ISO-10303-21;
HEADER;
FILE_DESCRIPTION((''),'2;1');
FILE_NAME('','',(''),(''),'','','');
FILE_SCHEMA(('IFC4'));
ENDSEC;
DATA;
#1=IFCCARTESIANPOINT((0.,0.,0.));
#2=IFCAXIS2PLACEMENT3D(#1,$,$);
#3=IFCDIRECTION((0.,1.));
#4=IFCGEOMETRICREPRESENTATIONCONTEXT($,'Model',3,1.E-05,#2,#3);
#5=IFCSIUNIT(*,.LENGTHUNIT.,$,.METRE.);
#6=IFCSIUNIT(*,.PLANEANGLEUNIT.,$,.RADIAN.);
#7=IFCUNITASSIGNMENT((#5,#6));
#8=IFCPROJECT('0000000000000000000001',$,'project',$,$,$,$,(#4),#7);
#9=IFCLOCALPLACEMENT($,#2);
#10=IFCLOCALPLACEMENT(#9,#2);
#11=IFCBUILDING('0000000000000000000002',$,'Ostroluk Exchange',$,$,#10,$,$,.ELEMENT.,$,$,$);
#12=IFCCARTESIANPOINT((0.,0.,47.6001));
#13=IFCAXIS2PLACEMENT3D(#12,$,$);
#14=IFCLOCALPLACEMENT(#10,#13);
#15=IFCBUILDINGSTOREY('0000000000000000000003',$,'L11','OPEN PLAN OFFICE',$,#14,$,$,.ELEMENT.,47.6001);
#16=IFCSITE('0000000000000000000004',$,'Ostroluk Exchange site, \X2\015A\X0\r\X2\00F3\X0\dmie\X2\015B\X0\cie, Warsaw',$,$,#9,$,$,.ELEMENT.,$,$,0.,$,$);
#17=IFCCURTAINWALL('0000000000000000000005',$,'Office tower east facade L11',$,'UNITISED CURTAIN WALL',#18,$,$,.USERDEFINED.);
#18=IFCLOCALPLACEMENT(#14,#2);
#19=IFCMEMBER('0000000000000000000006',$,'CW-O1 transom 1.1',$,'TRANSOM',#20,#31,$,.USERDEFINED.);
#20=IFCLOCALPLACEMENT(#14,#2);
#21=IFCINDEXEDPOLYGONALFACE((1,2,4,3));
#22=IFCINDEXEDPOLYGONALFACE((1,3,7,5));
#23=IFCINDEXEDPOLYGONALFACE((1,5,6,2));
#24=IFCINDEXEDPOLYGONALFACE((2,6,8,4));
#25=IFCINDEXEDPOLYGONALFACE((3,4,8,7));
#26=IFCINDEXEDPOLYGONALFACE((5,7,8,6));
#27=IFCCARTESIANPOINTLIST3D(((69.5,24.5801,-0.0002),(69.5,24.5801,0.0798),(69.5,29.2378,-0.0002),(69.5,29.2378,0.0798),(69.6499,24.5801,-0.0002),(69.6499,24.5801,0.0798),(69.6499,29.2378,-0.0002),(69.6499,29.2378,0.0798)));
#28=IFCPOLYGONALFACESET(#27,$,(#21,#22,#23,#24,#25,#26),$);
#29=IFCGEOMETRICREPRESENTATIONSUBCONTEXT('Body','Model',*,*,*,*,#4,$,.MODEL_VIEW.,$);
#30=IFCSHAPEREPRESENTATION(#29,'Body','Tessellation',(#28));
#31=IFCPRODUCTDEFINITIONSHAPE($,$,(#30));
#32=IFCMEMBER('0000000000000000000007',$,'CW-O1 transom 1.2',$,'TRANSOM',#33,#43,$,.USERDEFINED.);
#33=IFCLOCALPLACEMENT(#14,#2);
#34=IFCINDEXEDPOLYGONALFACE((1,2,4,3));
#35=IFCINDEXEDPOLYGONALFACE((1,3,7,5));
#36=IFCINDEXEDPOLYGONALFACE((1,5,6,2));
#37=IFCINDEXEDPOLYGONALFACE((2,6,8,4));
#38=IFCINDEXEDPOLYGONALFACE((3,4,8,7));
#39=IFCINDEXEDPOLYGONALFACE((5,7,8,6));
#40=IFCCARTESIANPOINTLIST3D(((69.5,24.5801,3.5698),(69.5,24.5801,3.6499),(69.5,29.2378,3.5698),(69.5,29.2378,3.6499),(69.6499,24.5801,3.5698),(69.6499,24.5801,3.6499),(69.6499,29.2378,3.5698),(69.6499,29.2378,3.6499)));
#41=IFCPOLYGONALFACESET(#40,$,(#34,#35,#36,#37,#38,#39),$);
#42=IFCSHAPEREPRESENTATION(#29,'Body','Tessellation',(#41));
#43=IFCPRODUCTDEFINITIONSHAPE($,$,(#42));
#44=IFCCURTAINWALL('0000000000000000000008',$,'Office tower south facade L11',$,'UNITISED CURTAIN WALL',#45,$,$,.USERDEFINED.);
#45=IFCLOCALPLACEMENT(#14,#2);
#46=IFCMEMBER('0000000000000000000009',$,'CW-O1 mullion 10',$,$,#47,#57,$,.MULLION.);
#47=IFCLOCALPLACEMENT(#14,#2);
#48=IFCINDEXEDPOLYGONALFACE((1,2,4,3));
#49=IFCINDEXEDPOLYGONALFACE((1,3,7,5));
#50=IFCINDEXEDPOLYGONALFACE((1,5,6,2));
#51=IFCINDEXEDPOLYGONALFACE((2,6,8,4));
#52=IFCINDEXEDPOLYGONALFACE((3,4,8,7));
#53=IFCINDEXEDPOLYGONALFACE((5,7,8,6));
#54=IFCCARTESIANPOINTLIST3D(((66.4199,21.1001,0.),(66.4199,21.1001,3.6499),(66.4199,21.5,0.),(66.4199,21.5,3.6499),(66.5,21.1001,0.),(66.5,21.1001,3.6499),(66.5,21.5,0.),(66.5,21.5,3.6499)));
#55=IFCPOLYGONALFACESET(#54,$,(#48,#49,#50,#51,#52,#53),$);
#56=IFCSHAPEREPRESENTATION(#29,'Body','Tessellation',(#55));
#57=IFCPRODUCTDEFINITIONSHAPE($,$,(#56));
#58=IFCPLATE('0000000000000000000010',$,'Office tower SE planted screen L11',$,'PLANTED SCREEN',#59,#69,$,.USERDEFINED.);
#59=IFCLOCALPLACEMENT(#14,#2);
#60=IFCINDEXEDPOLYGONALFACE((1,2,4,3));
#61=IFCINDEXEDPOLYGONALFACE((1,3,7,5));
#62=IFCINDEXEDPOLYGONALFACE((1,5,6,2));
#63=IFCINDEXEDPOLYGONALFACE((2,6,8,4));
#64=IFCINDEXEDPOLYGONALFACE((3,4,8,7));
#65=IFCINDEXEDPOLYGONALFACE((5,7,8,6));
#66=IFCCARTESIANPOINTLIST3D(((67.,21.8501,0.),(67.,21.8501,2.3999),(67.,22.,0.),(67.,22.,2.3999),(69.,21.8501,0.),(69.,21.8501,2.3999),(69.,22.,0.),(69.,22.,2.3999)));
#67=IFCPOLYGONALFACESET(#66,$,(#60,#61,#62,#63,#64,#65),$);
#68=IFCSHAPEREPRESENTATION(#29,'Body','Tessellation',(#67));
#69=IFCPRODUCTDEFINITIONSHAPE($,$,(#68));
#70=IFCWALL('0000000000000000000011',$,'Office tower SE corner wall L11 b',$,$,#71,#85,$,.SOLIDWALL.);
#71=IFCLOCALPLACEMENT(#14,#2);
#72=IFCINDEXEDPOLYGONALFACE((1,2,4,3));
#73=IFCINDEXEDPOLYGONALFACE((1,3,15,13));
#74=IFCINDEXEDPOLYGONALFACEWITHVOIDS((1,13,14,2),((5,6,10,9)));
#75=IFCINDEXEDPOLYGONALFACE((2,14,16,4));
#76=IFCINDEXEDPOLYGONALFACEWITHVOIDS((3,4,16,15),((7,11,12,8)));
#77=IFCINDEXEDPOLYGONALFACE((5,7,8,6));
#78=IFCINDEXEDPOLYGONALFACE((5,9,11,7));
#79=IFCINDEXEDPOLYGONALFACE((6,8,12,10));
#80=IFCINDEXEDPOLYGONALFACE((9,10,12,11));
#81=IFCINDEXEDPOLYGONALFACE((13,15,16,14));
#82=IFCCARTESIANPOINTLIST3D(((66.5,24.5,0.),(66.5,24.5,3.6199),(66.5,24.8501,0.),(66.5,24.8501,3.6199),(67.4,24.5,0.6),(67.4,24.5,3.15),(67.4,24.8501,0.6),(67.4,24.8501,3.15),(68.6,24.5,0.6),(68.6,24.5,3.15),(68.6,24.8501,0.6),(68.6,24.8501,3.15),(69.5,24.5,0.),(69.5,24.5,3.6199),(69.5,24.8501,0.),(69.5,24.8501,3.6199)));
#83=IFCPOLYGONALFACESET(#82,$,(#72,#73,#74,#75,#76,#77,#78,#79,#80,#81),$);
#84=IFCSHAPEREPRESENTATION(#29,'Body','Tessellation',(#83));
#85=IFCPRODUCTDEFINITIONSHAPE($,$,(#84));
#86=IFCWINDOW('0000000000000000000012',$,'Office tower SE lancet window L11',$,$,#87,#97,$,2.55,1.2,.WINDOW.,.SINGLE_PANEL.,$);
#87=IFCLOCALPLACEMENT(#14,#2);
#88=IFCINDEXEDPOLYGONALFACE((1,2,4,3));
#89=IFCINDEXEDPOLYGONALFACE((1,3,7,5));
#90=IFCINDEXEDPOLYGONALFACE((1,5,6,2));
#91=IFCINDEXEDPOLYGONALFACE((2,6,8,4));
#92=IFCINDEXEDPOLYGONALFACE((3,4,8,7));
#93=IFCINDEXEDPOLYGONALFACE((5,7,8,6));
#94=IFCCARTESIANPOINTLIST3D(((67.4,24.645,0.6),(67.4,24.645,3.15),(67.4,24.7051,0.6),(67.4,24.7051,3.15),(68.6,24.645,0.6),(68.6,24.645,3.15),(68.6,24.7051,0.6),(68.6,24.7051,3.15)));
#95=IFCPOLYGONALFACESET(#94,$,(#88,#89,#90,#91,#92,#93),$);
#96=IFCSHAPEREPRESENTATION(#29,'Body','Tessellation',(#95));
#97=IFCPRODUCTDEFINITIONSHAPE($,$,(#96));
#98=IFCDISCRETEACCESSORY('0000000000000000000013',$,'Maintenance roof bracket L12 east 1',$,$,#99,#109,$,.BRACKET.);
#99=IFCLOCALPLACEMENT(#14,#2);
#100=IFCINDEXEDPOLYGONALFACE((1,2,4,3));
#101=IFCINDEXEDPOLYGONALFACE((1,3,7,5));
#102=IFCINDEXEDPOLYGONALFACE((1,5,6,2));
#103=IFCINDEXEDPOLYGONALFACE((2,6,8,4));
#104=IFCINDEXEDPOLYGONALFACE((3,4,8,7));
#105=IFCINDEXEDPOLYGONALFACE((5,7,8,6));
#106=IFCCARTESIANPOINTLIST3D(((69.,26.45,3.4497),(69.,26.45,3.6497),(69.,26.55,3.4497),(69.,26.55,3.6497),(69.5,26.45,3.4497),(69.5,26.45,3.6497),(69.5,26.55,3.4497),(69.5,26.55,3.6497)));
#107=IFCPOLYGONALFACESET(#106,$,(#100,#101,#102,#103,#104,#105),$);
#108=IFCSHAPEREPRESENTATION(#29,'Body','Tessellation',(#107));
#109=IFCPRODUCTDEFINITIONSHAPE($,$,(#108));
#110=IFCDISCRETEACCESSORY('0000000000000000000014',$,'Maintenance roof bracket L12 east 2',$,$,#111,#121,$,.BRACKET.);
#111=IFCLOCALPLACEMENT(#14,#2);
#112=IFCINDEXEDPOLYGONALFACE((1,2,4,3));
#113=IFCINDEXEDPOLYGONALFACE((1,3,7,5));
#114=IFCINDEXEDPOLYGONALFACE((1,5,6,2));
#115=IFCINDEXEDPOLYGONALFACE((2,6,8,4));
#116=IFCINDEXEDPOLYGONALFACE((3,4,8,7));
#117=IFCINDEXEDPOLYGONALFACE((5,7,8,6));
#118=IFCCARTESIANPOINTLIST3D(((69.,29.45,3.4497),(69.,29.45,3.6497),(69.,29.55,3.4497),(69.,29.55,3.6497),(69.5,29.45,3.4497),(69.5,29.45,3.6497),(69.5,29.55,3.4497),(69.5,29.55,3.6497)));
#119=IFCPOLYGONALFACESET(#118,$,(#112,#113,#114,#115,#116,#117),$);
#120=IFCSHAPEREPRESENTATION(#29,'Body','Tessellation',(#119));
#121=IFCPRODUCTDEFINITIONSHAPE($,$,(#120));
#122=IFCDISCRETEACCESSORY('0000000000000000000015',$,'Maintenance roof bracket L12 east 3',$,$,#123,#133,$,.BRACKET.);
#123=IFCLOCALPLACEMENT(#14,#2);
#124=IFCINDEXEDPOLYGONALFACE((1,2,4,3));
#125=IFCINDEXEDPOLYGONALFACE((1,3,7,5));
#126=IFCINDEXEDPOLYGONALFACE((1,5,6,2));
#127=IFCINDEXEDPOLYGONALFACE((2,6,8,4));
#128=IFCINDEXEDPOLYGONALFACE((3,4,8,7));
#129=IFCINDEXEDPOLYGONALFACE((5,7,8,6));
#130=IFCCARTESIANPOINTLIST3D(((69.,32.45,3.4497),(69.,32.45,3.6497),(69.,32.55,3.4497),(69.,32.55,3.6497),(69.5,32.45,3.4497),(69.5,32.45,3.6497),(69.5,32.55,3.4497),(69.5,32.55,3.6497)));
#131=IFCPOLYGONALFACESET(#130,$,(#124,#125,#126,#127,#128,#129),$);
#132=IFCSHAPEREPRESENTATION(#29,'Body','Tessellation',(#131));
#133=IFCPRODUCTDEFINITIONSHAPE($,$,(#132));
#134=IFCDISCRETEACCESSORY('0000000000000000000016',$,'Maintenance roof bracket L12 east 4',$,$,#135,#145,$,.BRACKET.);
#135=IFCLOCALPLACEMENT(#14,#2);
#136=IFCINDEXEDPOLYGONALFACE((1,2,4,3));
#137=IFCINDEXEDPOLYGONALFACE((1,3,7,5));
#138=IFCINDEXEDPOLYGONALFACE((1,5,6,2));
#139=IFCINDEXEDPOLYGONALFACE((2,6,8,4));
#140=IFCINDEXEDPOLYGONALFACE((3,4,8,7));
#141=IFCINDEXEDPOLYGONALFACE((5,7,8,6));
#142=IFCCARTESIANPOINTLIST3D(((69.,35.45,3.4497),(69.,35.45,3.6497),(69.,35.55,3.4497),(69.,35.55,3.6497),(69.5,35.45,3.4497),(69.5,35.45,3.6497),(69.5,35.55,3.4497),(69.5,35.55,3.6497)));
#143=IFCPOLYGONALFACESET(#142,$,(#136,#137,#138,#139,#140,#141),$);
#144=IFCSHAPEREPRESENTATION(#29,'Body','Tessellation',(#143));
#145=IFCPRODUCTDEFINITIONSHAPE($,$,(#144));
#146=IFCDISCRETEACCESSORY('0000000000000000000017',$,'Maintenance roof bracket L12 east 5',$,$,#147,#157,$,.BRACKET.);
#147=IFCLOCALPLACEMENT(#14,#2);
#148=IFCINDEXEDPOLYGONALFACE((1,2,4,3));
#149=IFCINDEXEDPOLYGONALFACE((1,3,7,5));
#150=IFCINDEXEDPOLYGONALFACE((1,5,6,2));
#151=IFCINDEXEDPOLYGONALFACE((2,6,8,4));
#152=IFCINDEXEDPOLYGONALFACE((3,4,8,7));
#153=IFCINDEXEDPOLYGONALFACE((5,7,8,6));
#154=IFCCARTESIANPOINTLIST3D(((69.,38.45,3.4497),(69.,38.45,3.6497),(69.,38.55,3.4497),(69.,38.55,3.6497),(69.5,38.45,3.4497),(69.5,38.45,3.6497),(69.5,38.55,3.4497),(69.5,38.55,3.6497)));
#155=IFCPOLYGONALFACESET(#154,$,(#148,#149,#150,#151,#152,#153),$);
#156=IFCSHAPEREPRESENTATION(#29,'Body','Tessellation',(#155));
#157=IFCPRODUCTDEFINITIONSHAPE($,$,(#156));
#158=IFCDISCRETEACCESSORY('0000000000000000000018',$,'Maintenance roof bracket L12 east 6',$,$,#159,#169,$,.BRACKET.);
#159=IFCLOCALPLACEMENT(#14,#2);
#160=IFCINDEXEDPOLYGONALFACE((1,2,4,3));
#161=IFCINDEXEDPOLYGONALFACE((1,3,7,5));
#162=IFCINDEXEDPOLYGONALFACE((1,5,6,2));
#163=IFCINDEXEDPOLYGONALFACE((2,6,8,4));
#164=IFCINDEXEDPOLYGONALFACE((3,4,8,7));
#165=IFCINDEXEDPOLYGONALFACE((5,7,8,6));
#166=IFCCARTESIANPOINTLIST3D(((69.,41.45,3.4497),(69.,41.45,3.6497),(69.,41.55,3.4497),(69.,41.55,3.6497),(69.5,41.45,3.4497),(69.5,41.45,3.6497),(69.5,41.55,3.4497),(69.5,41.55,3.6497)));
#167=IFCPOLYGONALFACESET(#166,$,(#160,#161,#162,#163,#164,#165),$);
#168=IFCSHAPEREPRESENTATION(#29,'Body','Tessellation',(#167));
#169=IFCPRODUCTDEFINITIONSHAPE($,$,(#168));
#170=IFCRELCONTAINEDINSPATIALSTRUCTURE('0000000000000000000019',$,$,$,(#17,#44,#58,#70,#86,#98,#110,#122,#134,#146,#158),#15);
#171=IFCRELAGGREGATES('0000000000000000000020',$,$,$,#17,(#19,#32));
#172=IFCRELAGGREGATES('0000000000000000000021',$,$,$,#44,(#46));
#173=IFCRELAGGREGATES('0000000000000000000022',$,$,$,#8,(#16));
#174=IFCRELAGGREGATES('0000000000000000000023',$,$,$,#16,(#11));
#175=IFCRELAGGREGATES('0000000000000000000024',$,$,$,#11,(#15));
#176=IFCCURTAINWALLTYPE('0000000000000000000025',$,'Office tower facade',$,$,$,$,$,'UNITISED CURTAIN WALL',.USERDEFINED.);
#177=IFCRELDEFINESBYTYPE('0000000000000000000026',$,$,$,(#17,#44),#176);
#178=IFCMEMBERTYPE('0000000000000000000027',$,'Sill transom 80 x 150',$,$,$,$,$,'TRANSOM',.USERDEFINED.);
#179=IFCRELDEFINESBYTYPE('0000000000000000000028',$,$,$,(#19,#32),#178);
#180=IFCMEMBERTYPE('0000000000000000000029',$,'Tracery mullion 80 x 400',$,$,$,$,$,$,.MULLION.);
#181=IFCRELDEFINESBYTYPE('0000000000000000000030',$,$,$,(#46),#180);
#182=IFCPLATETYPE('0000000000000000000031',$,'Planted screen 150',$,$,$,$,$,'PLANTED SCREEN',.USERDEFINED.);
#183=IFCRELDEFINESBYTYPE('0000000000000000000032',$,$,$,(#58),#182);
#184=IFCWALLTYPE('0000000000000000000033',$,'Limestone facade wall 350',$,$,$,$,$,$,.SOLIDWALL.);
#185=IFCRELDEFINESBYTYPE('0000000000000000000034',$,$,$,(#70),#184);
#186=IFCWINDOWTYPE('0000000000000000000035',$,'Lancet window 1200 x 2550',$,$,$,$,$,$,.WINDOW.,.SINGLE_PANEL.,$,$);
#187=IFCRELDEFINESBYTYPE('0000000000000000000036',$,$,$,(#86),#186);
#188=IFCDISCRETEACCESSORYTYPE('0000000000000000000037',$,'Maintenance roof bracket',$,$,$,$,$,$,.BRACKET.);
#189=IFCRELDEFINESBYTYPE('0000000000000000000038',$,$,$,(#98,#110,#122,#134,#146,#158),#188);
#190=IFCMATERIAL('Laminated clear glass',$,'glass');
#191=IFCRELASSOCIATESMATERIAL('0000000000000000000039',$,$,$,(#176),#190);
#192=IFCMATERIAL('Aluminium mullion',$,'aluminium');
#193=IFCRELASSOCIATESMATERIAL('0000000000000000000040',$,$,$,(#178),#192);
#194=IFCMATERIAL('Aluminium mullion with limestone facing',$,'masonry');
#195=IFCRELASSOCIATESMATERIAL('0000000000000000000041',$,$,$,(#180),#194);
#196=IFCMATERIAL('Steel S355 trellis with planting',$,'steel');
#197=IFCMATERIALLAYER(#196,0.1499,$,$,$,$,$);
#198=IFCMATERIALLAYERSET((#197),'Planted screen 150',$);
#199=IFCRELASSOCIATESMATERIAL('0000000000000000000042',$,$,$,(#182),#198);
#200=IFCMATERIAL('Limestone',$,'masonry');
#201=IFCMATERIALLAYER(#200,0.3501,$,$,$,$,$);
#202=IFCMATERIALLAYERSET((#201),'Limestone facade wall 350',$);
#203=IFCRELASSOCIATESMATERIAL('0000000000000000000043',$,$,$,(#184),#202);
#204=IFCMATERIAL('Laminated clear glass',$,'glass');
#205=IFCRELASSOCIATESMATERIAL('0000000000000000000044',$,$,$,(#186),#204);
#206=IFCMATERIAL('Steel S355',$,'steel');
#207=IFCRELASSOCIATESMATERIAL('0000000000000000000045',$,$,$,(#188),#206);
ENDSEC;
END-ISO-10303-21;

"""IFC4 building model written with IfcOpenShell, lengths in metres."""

from ifc_helpers import new_model, si_unit, direction, frame, frame_2d, origin, origin_2d, place, context, subcontext, project, spatial, rectangle, extrude, material, layer, layer_set, material_profile, profile_set, type_object, element, fill, aggregate, save


model = new_model("IFC4")

# Units and contexts
model_context = context("Model", 3, precision=1e-05, world=origin(), true_north=direction((0.0, 1.0)))
body_context = subcontext(model_context, "Body", "Model", "MODEL_VIEW")
ifc_project = project(units=[si_unit("LENGTHUNIT", "METRE"), si_unit("PLANEANGLEUNIT", "RADIAN")], contexts=[model_context])

# Site, building, storey
site_placement = place(None, origin())
site = spatial("IfcSite", under=ifc_project, at=site_placement, Name="Ostroluk Exchange site, Śródmieście, Warsaw", CompositionType="ELEMENT", RefElevation=0.0)
building_placement = place(site_placement, origin())
building = spatial("IfcBuilding", under=site, at=building_placement, Name="Ostroluk Exchange", CompositionType="ELEMENT")
storey_placement = place(building_placement, frame((0.0, 0.0, 47.6001)))
storey = spatial("IfcBuildingStorey", under=building, at=storey_placement, Name="L11", Description="OPEN PLAN OFFICE", CompositionType="ELEMENT", Elevation=47.6001)

# Curtain wall, members
ifc_material_1 = material(Name="Laminated clear glass", Category="glass")
curtain_wall_type = type_object("IfcCurtainWallType", Name="Office tower facade", ElementType="UNITISED CURTAIN WALL", PredefinedType="USERDEFINED", material=ifc_material_1)
curtain_wall_1_placement = place(storey_placement, origin())
curtain_wall_1 = element("IfcCurtainWall", 1, at=curtain_wall_1_placement, inside=storey, type_object=curtain_wall_type, Name="Office tower east facade L11", ObjectType="UNITISED CURTAIN WALL", PredefinedType="USERDEFINED")
ifc_material_2 = material(Name="Aluminium mullion", Category="aluminium")
ifc_material_profile_1 = material_profile(ifc_material_2, rectangle(XDim=0.1499, YDim=0.0801, at=origin_2d()), Name="Sill transom 80 x 150")
ifc_profile_set_1 = profile_set([ifc_material_profile_1], Name="Aluminium mullion")
member_type_1 = type_object("IfcMemberType", Name="Sill transom 80 x 150", ElementType="TRANSOM", PredefinedType="USERDEFINED", material=ifc_profile_set_1)
member_1_placement = place(storey_placement, frame((69.575, 24.5801, 0.0398), z_axis=(0.0, 1.0, 0.0), x_axis=(-1.0, 0.0, 0.0)))
member_1 = element("IfcMember", 2, at=member_1_placement, type_object=member_type_1, Name="CW-O1 transom 1.1", ObjectType="TRANSOM", PredefinedType="USERDEFINED", context=body_context, shape_type="SweptSolid", body=[
    extrude(rectangle(XDim=0.1499, YDim=0.0801, at=origin_2d()), origin(), (0.0, 0.0, 1.0), 4.6577),
])
member_2_placement = place(storey_placement, frame((69.575, 24.5801, 3.6099), z_axis=(0.0, 1.0, 0.0), x_axis=(-1.0, 0.0, 0.0)))
member_2 = element("IfcMember", 3, at=member_2_placement, type_object=member_type_1, Name="CW-O1 transom 1.2", ObjectType="TRANSOM", PredefinedType="USERDEFINED", context=body_context, shape_type="SweptSolid", body=[
    extrude(rectangle(XDim=0.1499, YDim=0.0801, at=origin_2d()), origin(), (0.0, 0.0, 1.0), 4.6577),
])
aggregate(curtain_wall_1, [member_1, member_2])

# Curtain wall, member
curtain_wall_2_placement = place(storey_placement, origin())
curtain_wall_2 = element("IfcCurtainWall", 4, at=curtain_wall_2_placement, inside=storey, type_object=curtain_wall_type, Name="Office tower south facade L11", ObjectType="UNITISED CURTAIN WALL", PredefinedType="USERDEFINED")
ifc_material_3 = material(Name="Aluminium mullion with limestone facing", Category="masonry")
ifc_material_profile_2 = material_profile(ifc_material_3, rectangle(XDim=0.3999, YDim=0.0801, at=origin_2d()), Name="Tracery mullion 80 x 400")
ifc_profile_set_2 = profile_set([ifc_material_profile_2], Name="Aluminium mullion with limestone facing")
member_type_2 = type_object("IfcMemberType", Name="Tracery mullion 80 x 400", PredefinedType="MULLION", material=ifc_profile_set_2)
member_3_placement = place(storey_placement, frame((66.46, 21.3, 0.0), z_axis=(0.0, 0.0, 1.0), x_axis=(0.0, 1.0, 0.0)))
member_3 = element("IfcMember", 5, at=member_3_placement, type_object=member_type_2, Name="CW-O1 mullion 10", PredefinedType="MULLION", context=body_context, shape_type="SweptSolid", body=[
    extrude(rectangle(XDim=0.3999, YDim=0.0801, at=origin_2d()), origin(), (0.0, 0.0, 1.0), 3.6499),
])
aggregate(curtain_wall_2, [member_3])

# Plate
ifc_material_4 = material(Name="Steel S355 trellis with planting", Category="steel")
ifc_layer_1 = layer(ifc_material_4, 0.1499)
ifc_layer_set_1 = layer_set([ifc_layer_1], Name="Planted screen 150")
plate_type = type_object("IfcPlateType", Name="Planted screen 150", ElementType="PLANTED SCREEN", PredefinedType="USERDEFINED", material=ifc_layer_set_1)
plate_placement = place(storey_placement, frame((68.0, 21.925, 0.0), z_axis=(0.0, 0.0, 1.0), x_axis=(1.0, 0.0, 0.0)))
element("IfcPlate", 6, at=plate_placement, inside=storey, type_object=plate_type, Name="Office tower SE planted screen L11", ObjectType="PLANTED SCREEN", PredefinedType="USERDEFINED", context=body_context, shape_type="SweptSolid", body=[
    extrude(rectangle(XDim=2.0, YDim=0.1499, at=origin_2d()), origin(), (0.0, 0.0, 1.0), 2.3999),
])

# Shared definitions
ifc_material_5 = material(Name="Limestone", Category="masonry")
ifc_layer_2 = layer(ifc_material_5, 0.3501)
ifc_layer_set_2 = layer_set([ifc_layer_2], Name="Limestone facade wall 350")
wall_type = type_object("IfcWallType", Name="Limestone facade wall 350", PredefinedType="SOLIDWALL", material=ifc_layer_set_2)

# Wall, opening, window
wall_1_placement = place(storey_placement, frame((66.5, 24.675, 0.0), z_axis=(0.0, 0.0, 1.0), x_axis=(1.0, 0.0, 0.0)))
wall_1 = element("IfcWall", 7, at=wall_1_placement, inside=storey, type_object=wall_type, Name="Office tower SE corner wall L11 b", PredefinedType="SOLIDWALL", context=body_context, shape_type="SweptSolid", body=[
    extrude(rectangle(XDim=3.0, YDim=0.3501, at=frame_2d((1.5, 0.0))), origin(), (0.0, 0.0, 1.0), 3.6199),
])
opening_1_placement = place(wall_1_placement, frame((0.8999, 0.0, 0.6001)))
opening_1 = element("IfcOpeningElement", 8, at=opening_1_placement, cuts=wall_1, PredefinedType="OPENING", context=body_context, shape_type="SweptSolid", body=[
    extrude(rectangle(XDim=1.2, YDim=2.55, at=frame_2d((0.6001, 1.2749))), frame((0.0, 0.1851, 0.0), z_axis=(0.0, -1.0, 0.0), x_axis=(1.0, 0.0, 0.0)), (0.0, 0.0, 1.0), 0.3701),
])
ifc_material_6 = material(Name="Laminated clear glass", Category="glass")
window_type = type_object("IfcWindowType", Name="Lancet window 1200 x 2550", PartitioningType="SINGLE_PANEL", PredefinedType="WINDOW", material=ifc_material_6)
window_placement = place(opening_1_placement, origin())
window = element("IfcWindow", 9, at=window_placement, inside=storey, type_object=window_type, Name="Office tower SE lancet window L11", OverallHeight=2.55, OverallWidth=1.2, PartitioningType="SINGLE_PANEL", PredefinedType="WINDOW", context=body_context, shape_type="SweptSolid", body=[
    extrude(rectangle(XDim=1.2, YDim=2.55, at=frame_2d((0.6001, 1.2749))), frame((0.0, 0.03, 0.0), z_axis=(0.0, -1.0, 0.0), x_axis=(1.0, 0.0, 0.0)), (0.0, 0.0, 1.0), 0.0601),
])
fill(opening_1, window)

# Discrete accessories
ifc_material_7 = material(Name="Steel S355", Category="steel")
discrete_accessory_type = type_object("IfcDiscreteAccessoryType", Name="Maintenance roof bracket", PredefinedType="BRACKET", material=ifc_material_7)
for number, where, z_axis, x_axis, name in (
    (10, (69.25, 26.5, 3.4497), (0.0, 0.0, 1.0), (1.0, 0.0, 0.0), "Maintenance roof bracket L12 east 1"),
    (11, (69.25, 29.5, 3.4497), (0.0, 0.0, 1.0), (1.0, 0.0, 0.0), "Maintenance roof bracket L12 east 2"),
    (12, (69.25, 32.5, 3.4497), (0.0, 0.0, 1.0), (1.0, 0.0, 0.0), "Maintenance roof bracket L12 east 3"),
    (13, (69.25, 35.5, 3.4497), (0.0, 0.0, 1.0), (1.0, 0.0, 0.0), "Maintenance roof bracket L12 east 4"),
    (14, (69.25, 38.5, 3.4497), (0.0, 0.0, 1.0), (1.0, 0.0, 0.0), "Maintenance roof bracket L12 east 5"),
    (15, (69.25, 41.5, 3.4497), (0.0, 0.0, 1.0), (1.0, 0.0, 0.0), "Maintenance roof bracket L12 east 6"),
):
    element("IfcDiscreteAccessory", number, at=place(storey_placement, frame(where, z_axis=z_axis, x_axis=x_axis)), inside=storey, type_object=discrete_accessory_type, Name=name, PredefinedType="BRACKET", context=body_context, shape_type="SweptSolid", body=[
        extrude(rectangle(XDim=0.5, YDim=0.1001, at=origin_2d()), origin(), (0.0, 0.0, 1.0), 0.2),
    ])

save(model, "model.ifc")
